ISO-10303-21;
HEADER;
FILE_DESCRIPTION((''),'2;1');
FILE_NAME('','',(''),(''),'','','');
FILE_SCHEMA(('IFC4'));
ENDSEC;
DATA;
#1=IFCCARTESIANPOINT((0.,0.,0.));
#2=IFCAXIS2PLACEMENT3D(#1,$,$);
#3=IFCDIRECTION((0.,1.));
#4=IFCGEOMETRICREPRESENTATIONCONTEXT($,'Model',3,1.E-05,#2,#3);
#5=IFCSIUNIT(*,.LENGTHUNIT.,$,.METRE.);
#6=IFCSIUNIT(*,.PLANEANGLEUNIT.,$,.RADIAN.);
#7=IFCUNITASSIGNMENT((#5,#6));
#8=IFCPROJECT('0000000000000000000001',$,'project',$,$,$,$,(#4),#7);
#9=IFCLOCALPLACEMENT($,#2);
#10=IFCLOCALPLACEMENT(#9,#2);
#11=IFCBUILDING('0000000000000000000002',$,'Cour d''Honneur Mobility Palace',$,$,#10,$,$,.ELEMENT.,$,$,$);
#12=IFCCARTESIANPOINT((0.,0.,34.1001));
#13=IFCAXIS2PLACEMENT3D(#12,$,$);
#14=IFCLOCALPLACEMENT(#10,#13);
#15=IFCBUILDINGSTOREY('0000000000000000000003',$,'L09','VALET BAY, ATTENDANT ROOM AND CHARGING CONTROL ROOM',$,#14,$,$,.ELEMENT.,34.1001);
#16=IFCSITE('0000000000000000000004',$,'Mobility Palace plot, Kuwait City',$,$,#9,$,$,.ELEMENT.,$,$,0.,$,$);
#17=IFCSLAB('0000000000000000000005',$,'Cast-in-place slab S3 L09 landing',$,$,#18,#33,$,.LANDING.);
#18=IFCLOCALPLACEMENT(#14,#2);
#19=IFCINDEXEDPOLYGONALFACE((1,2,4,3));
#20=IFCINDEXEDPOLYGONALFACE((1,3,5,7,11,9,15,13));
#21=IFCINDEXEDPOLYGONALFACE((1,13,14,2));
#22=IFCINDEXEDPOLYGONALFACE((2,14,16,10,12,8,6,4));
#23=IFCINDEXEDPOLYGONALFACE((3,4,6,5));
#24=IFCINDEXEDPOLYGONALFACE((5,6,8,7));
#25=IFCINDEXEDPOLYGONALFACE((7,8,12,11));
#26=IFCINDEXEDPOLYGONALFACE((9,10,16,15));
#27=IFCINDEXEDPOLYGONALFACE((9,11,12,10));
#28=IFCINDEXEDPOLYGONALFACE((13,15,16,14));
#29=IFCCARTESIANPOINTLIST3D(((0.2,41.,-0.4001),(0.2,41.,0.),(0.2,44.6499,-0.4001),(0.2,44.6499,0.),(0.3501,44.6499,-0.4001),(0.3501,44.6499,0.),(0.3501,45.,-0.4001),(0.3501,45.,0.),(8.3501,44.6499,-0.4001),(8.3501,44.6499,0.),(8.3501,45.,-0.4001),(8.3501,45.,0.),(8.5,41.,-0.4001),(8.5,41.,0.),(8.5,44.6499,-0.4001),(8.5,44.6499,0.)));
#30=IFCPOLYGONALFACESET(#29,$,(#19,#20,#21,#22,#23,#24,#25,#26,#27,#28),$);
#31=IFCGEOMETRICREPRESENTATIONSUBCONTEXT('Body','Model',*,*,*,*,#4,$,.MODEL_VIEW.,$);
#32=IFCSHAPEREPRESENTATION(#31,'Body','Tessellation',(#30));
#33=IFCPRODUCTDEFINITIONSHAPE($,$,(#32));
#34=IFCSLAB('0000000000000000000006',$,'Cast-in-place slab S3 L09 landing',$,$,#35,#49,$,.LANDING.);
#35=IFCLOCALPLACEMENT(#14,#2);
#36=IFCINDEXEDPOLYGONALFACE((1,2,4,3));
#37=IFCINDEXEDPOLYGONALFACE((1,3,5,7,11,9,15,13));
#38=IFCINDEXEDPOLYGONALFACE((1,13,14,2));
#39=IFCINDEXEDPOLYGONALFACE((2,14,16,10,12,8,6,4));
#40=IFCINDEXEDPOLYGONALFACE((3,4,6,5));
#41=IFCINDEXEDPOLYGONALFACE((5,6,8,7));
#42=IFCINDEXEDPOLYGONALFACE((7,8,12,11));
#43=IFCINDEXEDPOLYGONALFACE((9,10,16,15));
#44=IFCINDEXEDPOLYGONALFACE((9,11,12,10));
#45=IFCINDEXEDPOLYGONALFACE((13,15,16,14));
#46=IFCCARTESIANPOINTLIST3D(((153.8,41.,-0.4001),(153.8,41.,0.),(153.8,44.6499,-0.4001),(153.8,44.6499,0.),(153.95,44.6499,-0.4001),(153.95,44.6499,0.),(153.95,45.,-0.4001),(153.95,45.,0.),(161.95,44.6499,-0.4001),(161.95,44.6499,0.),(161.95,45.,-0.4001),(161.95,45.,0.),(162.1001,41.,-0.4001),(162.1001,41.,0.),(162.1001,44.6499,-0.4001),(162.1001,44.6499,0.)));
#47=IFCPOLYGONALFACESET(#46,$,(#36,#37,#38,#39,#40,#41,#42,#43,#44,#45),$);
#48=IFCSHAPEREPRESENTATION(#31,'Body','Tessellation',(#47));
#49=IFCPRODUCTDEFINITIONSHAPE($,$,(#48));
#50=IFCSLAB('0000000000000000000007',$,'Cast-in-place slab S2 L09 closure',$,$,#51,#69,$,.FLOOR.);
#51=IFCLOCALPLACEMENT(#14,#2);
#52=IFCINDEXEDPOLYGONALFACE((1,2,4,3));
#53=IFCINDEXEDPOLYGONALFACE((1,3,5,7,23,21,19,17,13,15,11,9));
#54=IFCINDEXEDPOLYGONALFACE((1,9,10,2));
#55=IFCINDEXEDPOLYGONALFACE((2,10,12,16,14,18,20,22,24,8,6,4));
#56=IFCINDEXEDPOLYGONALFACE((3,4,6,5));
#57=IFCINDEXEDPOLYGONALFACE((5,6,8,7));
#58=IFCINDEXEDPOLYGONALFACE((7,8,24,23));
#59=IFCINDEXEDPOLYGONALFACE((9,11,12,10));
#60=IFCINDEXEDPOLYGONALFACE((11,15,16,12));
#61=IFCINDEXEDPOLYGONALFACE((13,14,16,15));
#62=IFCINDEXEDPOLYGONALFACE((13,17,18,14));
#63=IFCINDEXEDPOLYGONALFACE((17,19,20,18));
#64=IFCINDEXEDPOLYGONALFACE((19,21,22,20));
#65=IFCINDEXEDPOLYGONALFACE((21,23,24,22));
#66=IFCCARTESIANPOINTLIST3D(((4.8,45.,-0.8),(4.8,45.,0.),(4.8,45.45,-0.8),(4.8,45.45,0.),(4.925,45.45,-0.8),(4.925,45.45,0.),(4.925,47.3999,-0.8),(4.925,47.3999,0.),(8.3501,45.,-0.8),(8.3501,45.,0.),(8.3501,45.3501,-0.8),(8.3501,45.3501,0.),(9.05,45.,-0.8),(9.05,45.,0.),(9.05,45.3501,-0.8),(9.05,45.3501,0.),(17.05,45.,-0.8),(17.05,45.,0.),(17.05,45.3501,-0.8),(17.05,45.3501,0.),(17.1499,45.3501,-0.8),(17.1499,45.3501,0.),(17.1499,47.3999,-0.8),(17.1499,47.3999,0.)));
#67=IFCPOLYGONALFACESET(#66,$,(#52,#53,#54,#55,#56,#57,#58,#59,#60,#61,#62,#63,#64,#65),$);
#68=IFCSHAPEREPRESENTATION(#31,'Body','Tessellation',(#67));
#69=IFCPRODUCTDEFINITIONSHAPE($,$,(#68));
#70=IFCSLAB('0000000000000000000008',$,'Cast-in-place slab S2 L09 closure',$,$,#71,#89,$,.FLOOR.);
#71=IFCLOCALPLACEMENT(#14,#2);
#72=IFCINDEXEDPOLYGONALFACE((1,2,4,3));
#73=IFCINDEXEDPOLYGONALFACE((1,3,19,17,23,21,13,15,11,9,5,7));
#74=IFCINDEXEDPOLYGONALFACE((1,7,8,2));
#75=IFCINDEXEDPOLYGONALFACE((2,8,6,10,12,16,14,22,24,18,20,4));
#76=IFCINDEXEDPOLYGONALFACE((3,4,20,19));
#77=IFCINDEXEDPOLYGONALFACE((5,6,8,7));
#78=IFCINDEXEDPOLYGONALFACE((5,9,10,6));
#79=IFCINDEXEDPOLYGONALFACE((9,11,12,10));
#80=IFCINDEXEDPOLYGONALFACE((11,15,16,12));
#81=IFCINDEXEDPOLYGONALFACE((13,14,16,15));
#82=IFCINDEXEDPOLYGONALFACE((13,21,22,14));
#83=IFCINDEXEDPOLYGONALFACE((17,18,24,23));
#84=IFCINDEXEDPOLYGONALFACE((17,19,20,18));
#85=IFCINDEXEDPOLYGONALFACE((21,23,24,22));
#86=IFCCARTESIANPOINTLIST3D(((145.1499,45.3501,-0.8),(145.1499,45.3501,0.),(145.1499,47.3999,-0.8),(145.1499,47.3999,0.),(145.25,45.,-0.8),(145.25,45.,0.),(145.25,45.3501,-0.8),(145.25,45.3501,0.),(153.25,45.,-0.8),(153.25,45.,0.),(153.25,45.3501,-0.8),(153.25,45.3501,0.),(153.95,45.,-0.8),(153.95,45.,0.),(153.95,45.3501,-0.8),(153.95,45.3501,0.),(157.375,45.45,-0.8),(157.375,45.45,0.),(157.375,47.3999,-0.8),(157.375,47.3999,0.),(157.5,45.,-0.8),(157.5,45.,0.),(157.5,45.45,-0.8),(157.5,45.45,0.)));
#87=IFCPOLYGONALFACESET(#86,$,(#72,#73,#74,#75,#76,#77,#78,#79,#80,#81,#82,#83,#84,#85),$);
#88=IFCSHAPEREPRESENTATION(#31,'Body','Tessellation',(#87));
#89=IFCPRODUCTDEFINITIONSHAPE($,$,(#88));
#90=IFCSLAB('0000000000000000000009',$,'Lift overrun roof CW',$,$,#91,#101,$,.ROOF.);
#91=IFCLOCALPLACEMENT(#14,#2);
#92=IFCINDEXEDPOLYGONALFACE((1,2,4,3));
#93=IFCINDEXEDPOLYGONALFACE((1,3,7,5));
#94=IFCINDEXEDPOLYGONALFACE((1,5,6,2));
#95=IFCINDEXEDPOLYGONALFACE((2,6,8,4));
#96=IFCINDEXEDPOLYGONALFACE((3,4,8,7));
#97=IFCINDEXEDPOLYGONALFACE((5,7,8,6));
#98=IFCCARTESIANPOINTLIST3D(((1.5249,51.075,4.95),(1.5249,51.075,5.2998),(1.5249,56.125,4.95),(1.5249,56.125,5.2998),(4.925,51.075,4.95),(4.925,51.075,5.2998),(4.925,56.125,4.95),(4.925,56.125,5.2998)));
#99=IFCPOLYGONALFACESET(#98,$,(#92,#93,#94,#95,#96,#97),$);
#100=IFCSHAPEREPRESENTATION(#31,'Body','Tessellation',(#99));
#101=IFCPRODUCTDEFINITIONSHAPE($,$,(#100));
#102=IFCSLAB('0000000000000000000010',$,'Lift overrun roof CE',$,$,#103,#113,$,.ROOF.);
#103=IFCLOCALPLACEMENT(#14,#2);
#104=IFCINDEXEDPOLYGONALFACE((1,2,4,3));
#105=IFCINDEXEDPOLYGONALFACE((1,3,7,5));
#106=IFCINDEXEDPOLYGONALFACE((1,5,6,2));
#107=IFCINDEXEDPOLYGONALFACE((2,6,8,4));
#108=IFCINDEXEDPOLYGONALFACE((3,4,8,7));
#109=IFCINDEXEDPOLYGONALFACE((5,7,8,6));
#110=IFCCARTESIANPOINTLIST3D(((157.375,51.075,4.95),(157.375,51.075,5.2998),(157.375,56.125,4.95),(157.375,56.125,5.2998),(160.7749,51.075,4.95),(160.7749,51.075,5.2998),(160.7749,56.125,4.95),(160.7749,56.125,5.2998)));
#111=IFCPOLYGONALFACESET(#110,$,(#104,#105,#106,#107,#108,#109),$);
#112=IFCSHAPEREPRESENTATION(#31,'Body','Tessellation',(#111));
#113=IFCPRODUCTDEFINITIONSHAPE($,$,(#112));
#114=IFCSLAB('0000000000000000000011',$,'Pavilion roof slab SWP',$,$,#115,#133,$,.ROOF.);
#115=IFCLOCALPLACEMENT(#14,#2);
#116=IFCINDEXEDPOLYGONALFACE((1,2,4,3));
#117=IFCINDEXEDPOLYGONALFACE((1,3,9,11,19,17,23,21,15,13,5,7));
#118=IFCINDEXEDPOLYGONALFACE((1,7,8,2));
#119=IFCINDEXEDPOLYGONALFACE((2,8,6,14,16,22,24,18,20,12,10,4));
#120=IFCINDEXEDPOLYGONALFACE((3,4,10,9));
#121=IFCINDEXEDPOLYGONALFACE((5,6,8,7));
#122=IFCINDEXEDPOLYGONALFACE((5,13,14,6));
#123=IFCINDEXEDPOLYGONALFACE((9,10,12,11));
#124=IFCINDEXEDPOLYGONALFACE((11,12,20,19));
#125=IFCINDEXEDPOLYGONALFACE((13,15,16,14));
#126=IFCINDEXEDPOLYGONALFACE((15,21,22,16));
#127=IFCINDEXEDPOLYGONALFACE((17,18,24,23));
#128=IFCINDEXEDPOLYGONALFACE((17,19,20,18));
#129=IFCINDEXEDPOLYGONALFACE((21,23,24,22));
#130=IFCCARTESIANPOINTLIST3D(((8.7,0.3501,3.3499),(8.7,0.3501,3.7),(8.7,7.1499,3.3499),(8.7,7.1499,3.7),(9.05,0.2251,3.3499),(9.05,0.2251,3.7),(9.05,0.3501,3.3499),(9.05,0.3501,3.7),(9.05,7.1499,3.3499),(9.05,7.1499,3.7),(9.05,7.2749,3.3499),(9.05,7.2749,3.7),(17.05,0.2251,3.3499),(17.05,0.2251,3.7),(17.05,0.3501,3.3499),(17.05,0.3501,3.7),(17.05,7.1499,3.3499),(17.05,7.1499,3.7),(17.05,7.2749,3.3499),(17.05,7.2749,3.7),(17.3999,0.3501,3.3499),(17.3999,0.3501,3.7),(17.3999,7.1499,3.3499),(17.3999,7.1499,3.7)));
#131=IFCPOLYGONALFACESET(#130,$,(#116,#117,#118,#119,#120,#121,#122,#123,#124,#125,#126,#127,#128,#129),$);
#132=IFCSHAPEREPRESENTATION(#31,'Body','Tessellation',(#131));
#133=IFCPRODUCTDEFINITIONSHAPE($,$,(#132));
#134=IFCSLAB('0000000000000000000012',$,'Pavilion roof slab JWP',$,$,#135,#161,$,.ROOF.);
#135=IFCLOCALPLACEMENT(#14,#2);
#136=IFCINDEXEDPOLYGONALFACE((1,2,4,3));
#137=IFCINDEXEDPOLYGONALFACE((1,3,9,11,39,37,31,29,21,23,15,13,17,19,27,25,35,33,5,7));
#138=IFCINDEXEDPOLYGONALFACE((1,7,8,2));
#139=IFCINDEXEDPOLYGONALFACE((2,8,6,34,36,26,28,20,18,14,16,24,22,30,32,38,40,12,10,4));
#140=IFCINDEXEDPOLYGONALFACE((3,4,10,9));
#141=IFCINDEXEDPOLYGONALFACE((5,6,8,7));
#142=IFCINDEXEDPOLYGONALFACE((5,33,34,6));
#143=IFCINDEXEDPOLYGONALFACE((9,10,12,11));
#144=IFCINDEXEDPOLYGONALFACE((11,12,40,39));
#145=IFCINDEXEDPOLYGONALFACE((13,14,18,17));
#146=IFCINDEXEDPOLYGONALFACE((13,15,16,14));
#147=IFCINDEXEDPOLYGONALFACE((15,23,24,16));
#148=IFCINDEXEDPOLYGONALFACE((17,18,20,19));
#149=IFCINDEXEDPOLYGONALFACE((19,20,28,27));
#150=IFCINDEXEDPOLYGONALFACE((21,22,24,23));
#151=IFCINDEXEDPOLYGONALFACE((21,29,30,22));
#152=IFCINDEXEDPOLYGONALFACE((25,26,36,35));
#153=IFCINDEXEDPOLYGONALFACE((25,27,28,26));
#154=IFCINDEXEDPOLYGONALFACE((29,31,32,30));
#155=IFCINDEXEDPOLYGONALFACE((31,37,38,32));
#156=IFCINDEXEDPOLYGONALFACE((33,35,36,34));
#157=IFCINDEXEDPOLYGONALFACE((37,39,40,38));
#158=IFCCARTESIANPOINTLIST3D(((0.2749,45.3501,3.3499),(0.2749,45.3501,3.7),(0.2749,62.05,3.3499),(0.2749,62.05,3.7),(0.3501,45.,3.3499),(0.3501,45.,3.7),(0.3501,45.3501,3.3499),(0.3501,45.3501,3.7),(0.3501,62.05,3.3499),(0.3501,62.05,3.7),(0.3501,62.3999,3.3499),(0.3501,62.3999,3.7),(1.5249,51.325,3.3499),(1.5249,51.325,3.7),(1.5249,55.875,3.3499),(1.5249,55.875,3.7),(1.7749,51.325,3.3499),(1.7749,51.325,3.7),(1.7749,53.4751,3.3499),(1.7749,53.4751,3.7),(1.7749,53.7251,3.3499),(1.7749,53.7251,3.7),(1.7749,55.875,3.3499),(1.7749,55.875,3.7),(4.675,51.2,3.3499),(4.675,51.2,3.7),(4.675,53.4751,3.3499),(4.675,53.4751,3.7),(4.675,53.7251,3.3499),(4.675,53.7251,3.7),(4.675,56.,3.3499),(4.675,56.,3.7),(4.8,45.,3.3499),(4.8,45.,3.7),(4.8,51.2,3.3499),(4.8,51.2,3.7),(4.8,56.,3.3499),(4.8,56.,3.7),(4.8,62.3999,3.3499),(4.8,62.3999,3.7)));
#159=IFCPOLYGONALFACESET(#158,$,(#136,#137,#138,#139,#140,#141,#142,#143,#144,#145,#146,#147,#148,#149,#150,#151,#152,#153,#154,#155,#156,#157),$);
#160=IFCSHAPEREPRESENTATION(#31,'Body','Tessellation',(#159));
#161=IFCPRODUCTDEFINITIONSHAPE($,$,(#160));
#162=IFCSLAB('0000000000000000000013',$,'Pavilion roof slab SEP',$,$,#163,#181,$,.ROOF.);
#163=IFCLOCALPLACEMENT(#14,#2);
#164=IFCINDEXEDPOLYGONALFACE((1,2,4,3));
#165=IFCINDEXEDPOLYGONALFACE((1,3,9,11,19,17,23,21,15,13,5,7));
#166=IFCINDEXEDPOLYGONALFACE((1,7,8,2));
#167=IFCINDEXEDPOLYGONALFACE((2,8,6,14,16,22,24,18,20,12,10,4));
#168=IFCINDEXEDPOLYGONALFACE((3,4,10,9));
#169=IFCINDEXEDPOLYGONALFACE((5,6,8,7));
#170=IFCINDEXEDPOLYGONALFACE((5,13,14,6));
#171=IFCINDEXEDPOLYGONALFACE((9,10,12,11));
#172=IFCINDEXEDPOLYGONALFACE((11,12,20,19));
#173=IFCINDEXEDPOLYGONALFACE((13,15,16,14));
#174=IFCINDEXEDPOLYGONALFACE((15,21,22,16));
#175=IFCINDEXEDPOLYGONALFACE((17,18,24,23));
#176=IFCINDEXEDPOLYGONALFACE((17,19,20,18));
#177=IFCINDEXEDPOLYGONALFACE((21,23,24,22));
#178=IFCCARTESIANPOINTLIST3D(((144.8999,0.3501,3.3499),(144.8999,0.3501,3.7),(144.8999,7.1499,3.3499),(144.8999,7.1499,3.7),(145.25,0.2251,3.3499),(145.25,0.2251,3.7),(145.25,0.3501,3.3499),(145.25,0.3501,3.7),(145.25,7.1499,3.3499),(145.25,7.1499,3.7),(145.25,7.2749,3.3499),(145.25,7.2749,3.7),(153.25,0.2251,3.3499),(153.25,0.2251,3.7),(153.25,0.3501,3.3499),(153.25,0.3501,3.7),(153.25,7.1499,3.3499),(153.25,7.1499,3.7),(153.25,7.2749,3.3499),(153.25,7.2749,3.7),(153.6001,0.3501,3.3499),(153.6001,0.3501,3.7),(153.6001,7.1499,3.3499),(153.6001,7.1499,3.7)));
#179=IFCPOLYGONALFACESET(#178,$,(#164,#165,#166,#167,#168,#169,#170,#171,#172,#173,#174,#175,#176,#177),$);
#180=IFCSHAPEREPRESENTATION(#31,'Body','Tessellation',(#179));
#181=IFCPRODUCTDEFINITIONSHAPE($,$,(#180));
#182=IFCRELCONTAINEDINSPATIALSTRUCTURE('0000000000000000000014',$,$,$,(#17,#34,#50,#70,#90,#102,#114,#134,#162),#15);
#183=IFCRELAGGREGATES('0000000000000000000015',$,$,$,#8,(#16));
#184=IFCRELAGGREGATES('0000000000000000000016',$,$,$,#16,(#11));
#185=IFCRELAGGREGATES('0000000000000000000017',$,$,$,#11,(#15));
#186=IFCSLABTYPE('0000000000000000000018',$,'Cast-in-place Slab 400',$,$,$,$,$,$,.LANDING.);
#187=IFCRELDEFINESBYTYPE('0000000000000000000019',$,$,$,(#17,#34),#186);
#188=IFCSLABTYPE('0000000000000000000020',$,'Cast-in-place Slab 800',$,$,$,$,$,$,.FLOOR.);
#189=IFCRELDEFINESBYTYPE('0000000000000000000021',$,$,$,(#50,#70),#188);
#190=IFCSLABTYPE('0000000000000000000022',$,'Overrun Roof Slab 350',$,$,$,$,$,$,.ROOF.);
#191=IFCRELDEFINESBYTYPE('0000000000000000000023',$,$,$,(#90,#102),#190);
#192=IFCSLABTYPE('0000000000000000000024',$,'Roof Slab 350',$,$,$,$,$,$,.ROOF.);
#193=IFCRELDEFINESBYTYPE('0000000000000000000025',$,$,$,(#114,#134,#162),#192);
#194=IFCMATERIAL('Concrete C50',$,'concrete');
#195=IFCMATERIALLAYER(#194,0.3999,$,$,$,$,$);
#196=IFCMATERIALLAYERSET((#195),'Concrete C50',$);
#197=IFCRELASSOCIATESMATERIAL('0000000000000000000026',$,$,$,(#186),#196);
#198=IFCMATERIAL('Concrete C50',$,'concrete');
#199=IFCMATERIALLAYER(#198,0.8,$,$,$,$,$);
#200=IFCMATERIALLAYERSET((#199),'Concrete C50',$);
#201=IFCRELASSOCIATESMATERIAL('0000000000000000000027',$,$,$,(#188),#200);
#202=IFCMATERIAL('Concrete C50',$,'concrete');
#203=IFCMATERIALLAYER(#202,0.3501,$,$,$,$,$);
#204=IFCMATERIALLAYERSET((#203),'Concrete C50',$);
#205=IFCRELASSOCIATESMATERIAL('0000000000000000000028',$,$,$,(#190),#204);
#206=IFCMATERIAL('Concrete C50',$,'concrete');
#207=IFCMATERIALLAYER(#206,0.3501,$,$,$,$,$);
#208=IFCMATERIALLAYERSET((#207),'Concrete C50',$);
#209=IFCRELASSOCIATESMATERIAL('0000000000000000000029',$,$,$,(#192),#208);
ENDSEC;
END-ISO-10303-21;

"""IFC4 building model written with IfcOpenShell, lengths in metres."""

from ifc_helpers import new_model, si_unit, direction, frame, origin, place, context, subcontext, project, spatial, polyline, outline, extrude, material, layer, layer_set, type_object, element, save


model = new_model("IFC4")

# Units and contexts
model_context = context("Model", 3, precision=1e-05, world=origin(), true_north=direction((0.0, 1.0)))
body_context = subcontext(model_context, "Body", "Model", "MODEL_VIEW")
ifc_project = project(units=[si_unit("LENGTHUNIT", "METRE"), si_unit("PLANEANGLEUNIT", "RADIAN")], contexts=[model_context])

# Site, building, storey
site_placement = place(None, origin())
site = spatial("IfcSite", under=ifc_project, at=site_placement, Name="Mobility Palace plot, Kuwait City", CompositionType="ELEMENT", RefElevation=0.0)
building_placement = place(site_placement, origin())
building = spatial("IfcBuilding", under=site, at=building_placement, Name="Cour d'Honneur Mobility Palace", CompositionType="ELEMENT")
storey_placement = place(building_placement, frame((0.0, 0.0, 34.1001)))
storey = spatial("IfcBuildingStorey", under=building, at=storey_placement, Name="L09", Description="VALET BAY, ATTENDANT ROOM AND CHARGING CONTROL ROOM", CompositionType="ELEMENT", Elevation=34.1001)

# Slabs
ifc_material_1 = material(Name="Concrete C50", Category="concrete")
ifc_layer_1 = layer(ifc_material_1, 0.3999)
ifc_layer_set_1 = layer_set([ifc_layer_1], Name="Concrete C50")
slab_type_1 = type_object("IfcSlabType", Name="Cast-in-place Slab 400", PredefinedType="LANDING", material=ifc_layer_set_1)
slab_1_placement = place(storey_placement, frame((0.0, 0.0, -0.4001)))
element("IfcSlab", 1, at=slab_1_placement, inside=storey, type_object=slab_type_1, Name="Cast-in-place slab S3 L09 landing", PredefinedType="LANDING", context=body_context, shape_type="SweptSolid", body=[
    extrude(outline(polyline([(8.5, 44.6499), (8.5, 41.0), (0.2, 41.0), (0.2, 44.6499), (0.3501, 44.6499), (0.3501, 45.0), (8.3501, 45.0), (8.3501, 44.6499), (8.5, 44.6499)])), origin(), (0.0, 0.0, 1.0), 0.4001),
])
slab_2_placement = place(storey_placement, frame((0.0, 0.0, -0.4001)))
element("IfcSlab", 2, at=slab_2_placement, inside=storey, type_object=slab_type_1, Name="Cast-in-place slab S3 L09 landing", PredefinedType="LANDING", context=body_context, shape_type="SweptSolid", body=[
    extrude(outline(polyline([(162.1001, 44.6499), (162.1001, 41.0), (153.8, 41.0), (153.8, 44.6499), (153.95, 44.6499), (153.95, 45.0), (161.95, 45.0), (161.95, 44.6499), (162.1001, 44.6499)])), origin(), (0.0, 0.0, 1.0), 0.4001),
])
ifc_material_2 = material(Name="Concrete C50", Category="concrete")
ifc_layer_2 = layer(ifc_material_2, 0.8)
ifc_layer_set_2 = layer_set([ifc_layer_2], Name="Concrete C50")
slab_type_2 = type_object("IfcSlabType", Name="Cast-in-place Slab 800", PredefinedType="FLOOR", material=ifc_layer_set_2)
slab_3_placement = place(storey_placement, frame((0.0, 0.0, -0.8)))
element("IfcSlab", 3, at=slab_3_placement, inside=storey, type_object=slab_type_2, Name="Cast-in-place slab S2 L09 closure", PredefinedType="FLOOR", context=body_context, shape_type="SweptSolid", body=[
    extrude(outline(polyline([(17.05, 45.3501), (17.05, 45.0), (9.05, 45.0), (9.05, 45.3501), (8.3501, 45.3501), (8.3501, 45.0), (4.8, 45.0), (4.8, 45.45), (4.925, 45.45), (4.925, 47.3999), (17.1499, 47.3999), (17.1499, 45.3501), (17.05, 45.3501)])), origin(), (0.0, 0.0, 1.0), 0.8),
])
slab_4_placement = place(storey_placement, frame((0.0, 0.0, -0.8)))
element("IfcSlab", 4, at=slab_4_placement, inside=storey, type_object=slab_type_2, Name="Cast-in-place slab S2 L09 closure", PredefinedType="FLOOR", context=body_context, shape_type="SweptSolid", body=[
    extrude(outline(polyline([(153.95, 45.3501), (153.25, 45.3501), (153.25, 45.0), (145.25, 45.0), (145.25, 45.3501), (145.1499, 45.3501), (145.1499, 47.3999), (157.375, 47.3999), (157.375, 45.45), (157.5, 45.45), (157.5, 45.0), (153.95, 45.0), (153.95, 45.3501)])), origin(), (0.0, 0.0, 1.0), 0.8),
])
ifc_material_3 = material(Name="Concrete C50", Category="concrete")
ifc_layer_3 = layer(ifc_material_3, 0.3501)
ifc_layer_set_3 = layer_set([ifc_layer_3], Name="Concrete C50")
slab_type_3 = type_object("IfcSlabType", Name="Overrun Roof Slab 350", PredefinedType="ROOF", material=ifc_layer_set_3)
slab_5_placement = place(storey_placement, frame((0.0, 0.0, 4.95)))
element("IfcSlab", 5, at=slab_5_placement, inside=storey, type_object=slab_type_3, Name="Lift overrun roof CW", PredefinedType="ROOF", context=body_context, shape_type="SweptSolid", body=[
    extrude(outline(polyline([(1.5249, 51.075), (1.5249, 56.125), (4.925, 56.125), (4.925, 51.075), (1.5249, 51.075)])), origin(), (0.0, 0.0, 1.0), 0.3499),
])
slab_6_placement = place(storey_placement, frame((0.0, 0.0, 4.95)))
element("IfcSlab", 6, at=slab_6_placement, inside=storey, type_object=slab_type_3, Name="Lift overrun roof CE", PredefinedType="ROOF", context=body_context, shape_type="SweptSolid", body=[
    extrude(outline(polyline([(157.375, 51.075), (157.375, 56.125), (160.7749, 56.125), (160.7749, 51.075), (157.375, 51.075)])), origin(), (0.0, 0.0, 1.0), 0.3499),
])
ifc_material_4 = material(Name="Concrete C50", Category="concrete")
ifc_layer_4 = layer(ifc_material_4, 0.3501)
ifc_layer_set_4 = layer_set([ifc_layer_4], Name="Concrete C50")
slab_type_4 = type_object("IfcSlabType", Name="Roof Slab 350", PredefinedType="ROOF", material=ifc_layer_set_4)
slab_7_placement = place(storey_placement, frame((0.0, 0.0, 3.3499)))
element("IfcSlab", 7, at=slab_7_placement, inside=storey, type_object=slab_type_4, Name="Pavilion roof slab SWP", PredefinedType="ROOF", context=body_context, shape_type="SweptSolid", body=[
    extrude(outline(polyline([(17.05, 0.3501), (17.05, 0.2251), (9.05, 0.2251), (9.05, 0.3501), (8.7, 0.3501), (8.7, 7.1499), (9.05, 7.1499), (9.05, 7.2749), (17.05, 7.2749), (17.05, 7.1499), (17.3999, 7.1499), (17.3999, 0.3501), (17.05, 0.3501)])), origin(), (0.0, 0.0, 1.0), 0.3501),
])
slab_8_placement = place(storey_placement, frame((0.0, 0.0, 3.3499)))
element("IfcSlab", 8, at=slab_8_placement, inside=storey, type_object=slab_type_4, Name="Pavilion roof slab JWP", PredefinedType="ROOF", context=body_context, shape_type="SweptSolid", body=[
    extrude(outline(polyline([(0.3501, 45.0), (0.3501, 45.3501), (0.2749, 45.3501), (0.2749, 62.05), (0.3501, 62.05), (0.3501, 62.3999), (4.8, 62.3999), (4.8, 56.0), (4.675, 56.0), (4.675, 53.7251), (1.7749, 53.7251), (1.7749, 55.875), (1.5249, 55.875), (1.5249, 51.325), (1.7749, 51.325), (1.7749, 53.4751), (4.675, 53.4751), (4.675, 51.2), (4.8, 51.2), (4.8, 45.0), (0.3501, 45.0)])), origin(), (0.0, 0.0, 1.0), 0.3501),
])
slab_9_placement = place(storey_placement, frame((0.0, 0.0, 3.3499)))
element("IfcSlab", 9, at=slab_9_placement, inside=storey, type_object=slab_type_4, Name="Pavilion roof slab SEP", PredefinedType="ROOF", context=body_context, shape_type="SweptSolid", body=[
    extrude(outline(polyline([(153.25, 0.3501), (153.25, 0.2251), (145.25, 0.2251), (145.25, 0.3501), (144.8999, 0.3501), (144.8999, 7.1499), (145.25, 7.1499), (145.25, 7.2749), (153.25, 7.2749), (153.25, 7.1499), (153.6001, 7.1499), (153.6001, 0.3501), (153.25, 0.3501)])), origin(), (0.0, 0.0, 1.0), 0.3501),
])

save(model, "model.ifc")
